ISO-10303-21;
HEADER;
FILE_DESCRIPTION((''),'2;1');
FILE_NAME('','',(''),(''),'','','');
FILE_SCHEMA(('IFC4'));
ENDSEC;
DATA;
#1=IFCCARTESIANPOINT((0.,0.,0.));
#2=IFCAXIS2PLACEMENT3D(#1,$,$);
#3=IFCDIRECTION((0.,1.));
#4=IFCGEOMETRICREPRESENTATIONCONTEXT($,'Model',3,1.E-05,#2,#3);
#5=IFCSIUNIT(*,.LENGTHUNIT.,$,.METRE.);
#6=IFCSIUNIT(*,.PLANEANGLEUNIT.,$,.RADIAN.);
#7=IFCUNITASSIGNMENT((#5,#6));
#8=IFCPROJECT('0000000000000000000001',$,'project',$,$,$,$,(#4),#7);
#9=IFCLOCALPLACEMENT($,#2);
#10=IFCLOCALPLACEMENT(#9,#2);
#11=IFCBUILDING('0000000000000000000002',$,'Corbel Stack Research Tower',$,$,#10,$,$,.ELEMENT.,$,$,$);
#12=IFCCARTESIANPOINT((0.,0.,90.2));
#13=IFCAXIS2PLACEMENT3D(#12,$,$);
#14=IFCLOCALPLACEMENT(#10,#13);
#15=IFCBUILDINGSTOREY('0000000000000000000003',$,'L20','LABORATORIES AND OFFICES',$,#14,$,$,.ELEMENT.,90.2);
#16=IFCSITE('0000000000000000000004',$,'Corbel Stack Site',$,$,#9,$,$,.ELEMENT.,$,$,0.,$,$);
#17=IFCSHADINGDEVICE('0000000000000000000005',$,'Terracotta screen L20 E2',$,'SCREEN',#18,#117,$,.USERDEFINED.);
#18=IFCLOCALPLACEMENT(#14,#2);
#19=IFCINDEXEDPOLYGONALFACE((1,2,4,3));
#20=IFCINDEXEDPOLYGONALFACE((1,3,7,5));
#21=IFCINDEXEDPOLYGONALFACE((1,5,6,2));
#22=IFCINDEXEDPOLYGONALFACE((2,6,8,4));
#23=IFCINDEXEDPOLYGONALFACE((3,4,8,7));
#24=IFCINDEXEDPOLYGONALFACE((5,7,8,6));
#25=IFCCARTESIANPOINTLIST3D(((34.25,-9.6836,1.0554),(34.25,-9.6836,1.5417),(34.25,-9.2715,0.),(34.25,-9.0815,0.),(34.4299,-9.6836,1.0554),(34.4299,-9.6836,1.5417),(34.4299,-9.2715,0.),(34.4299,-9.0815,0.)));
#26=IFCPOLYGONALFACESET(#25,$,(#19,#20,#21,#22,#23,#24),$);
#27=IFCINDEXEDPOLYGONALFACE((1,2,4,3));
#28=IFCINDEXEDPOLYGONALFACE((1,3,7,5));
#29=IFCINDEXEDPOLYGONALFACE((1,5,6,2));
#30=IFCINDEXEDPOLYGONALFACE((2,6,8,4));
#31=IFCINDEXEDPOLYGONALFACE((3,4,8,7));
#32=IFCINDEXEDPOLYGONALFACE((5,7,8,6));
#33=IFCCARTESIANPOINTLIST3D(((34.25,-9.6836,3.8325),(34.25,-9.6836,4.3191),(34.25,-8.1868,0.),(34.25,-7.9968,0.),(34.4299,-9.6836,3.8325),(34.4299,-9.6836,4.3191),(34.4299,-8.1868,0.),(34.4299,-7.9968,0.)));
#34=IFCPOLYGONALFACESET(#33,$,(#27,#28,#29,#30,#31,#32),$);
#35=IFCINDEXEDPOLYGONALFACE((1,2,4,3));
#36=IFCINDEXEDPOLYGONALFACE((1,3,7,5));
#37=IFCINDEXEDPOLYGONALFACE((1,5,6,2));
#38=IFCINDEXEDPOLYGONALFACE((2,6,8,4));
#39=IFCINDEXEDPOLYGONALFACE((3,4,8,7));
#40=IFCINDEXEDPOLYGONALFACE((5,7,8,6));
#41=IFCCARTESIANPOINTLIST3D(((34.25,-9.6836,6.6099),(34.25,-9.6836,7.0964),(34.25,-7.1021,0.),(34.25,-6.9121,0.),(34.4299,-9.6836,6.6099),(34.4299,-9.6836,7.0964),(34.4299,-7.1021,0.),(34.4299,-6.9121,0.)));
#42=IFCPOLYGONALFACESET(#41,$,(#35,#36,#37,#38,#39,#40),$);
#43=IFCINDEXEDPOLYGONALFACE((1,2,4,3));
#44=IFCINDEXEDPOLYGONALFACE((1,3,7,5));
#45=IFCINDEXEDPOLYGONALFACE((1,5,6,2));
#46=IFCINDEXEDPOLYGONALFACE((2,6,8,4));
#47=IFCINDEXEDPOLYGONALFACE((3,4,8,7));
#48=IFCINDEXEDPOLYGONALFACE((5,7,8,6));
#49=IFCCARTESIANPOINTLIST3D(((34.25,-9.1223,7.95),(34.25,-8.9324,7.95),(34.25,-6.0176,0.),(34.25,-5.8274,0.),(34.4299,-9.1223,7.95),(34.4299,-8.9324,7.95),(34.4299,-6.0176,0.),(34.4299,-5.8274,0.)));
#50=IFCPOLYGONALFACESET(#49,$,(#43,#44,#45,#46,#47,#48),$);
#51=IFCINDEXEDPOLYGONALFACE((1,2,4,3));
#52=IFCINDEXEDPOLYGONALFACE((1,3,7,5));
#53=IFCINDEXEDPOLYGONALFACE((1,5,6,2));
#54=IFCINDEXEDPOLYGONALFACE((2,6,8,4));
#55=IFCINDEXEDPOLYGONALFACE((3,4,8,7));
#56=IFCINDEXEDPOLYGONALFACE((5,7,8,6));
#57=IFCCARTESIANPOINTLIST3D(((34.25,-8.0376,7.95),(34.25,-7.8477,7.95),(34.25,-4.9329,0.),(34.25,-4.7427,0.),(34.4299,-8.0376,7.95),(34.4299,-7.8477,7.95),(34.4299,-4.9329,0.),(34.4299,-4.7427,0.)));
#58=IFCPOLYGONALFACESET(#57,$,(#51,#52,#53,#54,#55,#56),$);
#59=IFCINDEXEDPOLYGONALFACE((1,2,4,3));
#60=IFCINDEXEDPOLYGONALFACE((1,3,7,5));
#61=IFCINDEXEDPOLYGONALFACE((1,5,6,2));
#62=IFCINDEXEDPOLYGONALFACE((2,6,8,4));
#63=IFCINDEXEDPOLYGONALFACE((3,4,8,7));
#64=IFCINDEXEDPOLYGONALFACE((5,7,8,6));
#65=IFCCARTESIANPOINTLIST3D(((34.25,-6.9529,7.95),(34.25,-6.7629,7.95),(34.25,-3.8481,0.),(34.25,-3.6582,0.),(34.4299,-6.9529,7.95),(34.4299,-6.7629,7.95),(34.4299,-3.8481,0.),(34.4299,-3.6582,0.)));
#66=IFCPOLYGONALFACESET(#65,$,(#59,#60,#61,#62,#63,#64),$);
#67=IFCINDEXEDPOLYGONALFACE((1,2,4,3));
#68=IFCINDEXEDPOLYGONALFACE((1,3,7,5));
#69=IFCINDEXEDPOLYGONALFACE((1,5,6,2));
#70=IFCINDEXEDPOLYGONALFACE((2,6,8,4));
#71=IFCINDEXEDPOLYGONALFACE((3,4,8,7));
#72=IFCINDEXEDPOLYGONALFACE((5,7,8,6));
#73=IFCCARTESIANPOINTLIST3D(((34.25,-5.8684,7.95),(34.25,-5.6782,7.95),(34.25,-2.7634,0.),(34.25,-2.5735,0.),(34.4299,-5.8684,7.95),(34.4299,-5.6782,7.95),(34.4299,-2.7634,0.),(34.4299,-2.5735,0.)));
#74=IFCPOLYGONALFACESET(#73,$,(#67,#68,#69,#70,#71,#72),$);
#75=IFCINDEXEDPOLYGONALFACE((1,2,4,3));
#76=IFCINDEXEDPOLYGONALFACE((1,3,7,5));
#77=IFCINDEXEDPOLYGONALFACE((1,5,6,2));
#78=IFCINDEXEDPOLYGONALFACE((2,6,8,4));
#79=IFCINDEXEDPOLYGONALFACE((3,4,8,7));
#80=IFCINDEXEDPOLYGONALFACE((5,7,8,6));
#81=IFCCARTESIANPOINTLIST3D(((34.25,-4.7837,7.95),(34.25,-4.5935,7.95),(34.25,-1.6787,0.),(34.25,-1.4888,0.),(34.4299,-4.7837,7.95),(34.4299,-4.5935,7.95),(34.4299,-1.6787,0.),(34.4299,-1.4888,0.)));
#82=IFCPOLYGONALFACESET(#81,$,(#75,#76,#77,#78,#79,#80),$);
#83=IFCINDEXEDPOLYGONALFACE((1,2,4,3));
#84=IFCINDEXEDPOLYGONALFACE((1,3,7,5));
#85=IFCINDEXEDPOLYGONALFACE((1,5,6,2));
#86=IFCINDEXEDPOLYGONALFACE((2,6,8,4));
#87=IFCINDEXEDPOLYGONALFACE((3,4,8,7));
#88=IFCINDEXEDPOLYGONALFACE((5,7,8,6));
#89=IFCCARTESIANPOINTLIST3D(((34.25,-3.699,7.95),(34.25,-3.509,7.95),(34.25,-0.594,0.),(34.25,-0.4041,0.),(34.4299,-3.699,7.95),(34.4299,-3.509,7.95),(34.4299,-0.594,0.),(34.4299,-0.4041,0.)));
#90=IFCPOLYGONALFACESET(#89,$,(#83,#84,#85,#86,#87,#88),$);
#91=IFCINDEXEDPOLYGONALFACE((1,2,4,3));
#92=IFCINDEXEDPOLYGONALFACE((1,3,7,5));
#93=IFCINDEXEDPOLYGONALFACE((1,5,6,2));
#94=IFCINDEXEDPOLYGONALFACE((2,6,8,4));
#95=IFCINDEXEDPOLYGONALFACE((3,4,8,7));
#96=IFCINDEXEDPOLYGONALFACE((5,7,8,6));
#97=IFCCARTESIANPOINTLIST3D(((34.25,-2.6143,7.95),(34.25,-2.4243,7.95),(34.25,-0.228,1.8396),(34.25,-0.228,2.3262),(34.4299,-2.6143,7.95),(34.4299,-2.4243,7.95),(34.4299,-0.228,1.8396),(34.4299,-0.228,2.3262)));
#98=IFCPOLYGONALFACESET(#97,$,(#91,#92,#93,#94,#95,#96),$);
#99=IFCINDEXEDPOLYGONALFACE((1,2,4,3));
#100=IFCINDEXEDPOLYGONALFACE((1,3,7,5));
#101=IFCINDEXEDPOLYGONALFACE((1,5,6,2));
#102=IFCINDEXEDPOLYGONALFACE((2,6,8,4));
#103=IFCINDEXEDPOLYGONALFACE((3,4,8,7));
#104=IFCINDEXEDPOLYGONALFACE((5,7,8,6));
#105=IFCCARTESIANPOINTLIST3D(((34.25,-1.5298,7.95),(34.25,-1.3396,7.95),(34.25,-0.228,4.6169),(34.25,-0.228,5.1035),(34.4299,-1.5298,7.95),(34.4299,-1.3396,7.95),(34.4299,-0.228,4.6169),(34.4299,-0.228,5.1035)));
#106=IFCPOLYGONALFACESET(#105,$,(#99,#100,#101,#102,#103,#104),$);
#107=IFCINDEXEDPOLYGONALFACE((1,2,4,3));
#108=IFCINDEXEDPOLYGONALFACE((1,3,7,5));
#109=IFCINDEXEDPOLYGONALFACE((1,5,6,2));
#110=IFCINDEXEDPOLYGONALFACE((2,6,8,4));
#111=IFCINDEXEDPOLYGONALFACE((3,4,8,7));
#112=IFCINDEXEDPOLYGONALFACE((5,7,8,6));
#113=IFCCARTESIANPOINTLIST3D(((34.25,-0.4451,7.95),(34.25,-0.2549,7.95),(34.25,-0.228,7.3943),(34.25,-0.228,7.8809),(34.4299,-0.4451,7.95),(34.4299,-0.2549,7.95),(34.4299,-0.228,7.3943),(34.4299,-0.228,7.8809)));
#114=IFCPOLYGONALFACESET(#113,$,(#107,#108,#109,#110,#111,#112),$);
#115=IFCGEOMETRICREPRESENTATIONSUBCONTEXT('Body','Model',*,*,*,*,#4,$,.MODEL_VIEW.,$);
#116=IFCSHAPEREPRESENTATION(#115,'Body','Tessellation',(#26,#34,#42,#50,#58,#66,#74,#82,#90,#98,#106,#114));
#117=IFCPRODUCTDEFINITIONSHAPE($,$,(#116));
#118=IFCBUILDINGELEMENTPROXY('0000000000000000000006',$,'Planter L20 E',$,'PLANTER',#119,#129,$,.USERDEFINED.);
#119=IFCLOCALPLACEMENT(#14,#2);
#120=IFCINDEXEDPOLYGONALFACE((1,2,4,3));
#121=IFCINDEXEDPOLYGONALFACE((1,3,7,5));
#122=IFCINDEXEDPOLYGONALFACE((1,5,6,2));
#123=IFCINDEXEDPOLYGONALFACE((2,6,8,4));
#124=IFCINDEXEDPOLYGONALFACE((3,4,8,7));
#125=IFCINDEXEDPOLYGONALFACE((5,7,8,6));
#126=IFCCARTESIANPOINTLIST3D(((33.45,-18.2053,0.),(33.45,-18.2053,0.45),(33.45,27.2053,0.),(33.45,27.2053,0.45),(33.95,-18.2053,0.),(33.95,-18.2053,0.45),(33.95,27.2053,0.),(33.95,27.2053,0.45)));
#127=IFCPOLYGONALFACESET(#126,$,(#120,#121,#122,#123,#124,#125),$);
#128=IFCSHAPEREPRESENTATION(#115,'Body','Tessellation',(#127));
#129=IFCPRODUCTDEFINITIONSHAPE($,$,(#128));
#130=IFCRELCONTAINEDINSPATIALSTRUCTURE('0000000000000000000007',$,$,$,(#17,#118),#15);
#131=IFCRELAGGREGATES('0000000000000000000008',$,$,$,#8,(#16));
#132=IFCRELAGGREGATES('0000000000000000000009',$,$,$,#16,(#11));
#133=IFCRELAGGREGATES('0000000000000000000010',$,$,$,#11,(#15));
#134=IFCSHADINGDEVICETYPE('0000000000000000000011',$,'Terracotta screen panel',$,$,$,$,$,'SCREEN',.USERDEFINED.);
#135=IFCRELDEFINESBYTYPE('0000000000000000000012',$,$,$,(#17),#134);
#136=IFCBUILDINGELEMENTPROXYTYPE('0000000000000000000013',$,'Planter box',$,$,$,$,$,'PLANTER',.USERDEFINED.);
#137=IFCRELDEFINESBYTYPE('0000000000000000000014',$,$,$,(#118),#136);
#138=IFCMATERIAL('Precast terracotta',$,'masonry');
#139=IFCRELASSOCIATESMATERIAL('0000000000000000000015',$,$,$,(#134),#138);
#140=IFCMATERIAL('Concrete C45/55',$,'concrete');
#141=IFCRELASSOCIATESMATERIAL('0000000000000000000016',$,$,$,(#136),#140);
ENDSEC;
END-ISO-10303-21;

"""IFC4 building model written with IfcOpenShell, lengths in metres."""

from ifc_helpers import new_model, si_unit, direction, frame, origin, origin_2d, place, context, subcontext, project, spatial, polyline, rectangle, outline, extrude, source, transform, mapped, material, type_object, element, save


model = new_model("IFC4")

# Units and contexts
model_context = context("Model", 3, precision=1e-05, world=origin(), true_north=direction((0.0, 1.0)))
body_context = subcontext(model_context, "Body", "Model", "MODEL_VIEW")
ifc_project = project(units=[si_unit("LENGTHUNIT", "METRE"), si_unit("PLANEANGLEUNIT", "RADIAN")], contexts=[model_context])

# Site, building, storey
site_placement = place(None, origin())
site = spatial("IfcSite", under=ifc_project, at=site_placement, Name="Corbel Stack Site", CompositionType="ELEMENT", RefElevation=0.0)
building_placement = place(site_placement, origin())
building = spatial("IfcBuilding", under=site, at=building_placement, Name="Corbel Stack Research Tower", CompositionType="ELEMENT")
storey_placement = place(building_placement, frame((0.0, 0.0, 90.2)))
storey = spatial("IfcBuildingStorey", under=building, at=storey_placement, Name="L20", Description="LABORATORIES AND OFFICES", CompositionType="ELEMENT", Elevation=90.2)

# Shading device
ifc_material_1 = material(Name="Precast terracotta", Category="masonry")
shading_device_type = type_object("IfcShadingDeviceType", Name="Terracotta screen panel", ElementType="SCREEN", PredefinedType="USERDEFINED", material=ifc_material_1)
shared_shape_1 = source(origin(), body_context, "Body", "SweptSolid", [
    extrude(outline(polyline([(0.6021, 0.0), (0.0, 1.5417), (0.0, 1.0554), (0.4121, 0.0), (0.6021, 0.0)])), frame((0.0, 0.0, 0.0), z_axis=(0.0, -1.0, 0.0), x_axis=(1.0, 0.0, 0.0)), (0.0, 0.0, 1.0), 0.1799),
    extrude(outline(polyline([(1.6868, 0.0), (0.0, 4.3191), (0.0, 3.8325), (1.4968, 0.0), (1.6868, 0.0)])), frame((0.0, 0.0, 0.0), z_axis=(0.0, -1.0, 0.0), x_axis=(1.0, 0.0, 0.0)), (0.0, 0.0, 1.0), 0.1799),
    extrude(outline(polyline([(2.7715, 0.0), (0.0, 7.0964), (0.0, 6.6099), (2.5815, 0.0), (2.7715, 0.0)])), frame((0.0, 0.0, 0.0), z_axis=(0.0, -1.0, 0.0), x_axis=(1.0, 0.0, 0.0)), (0.0, 0.0, 1.0), 0.1799),
    extrude(outline(polyline([(3.8562, 0.0), (0.7512, 7.95), (0.5613, 7.95), (3.666, 0.0), (3.8562, 0.0)])), frame((0.0, 0.0, 0.0), z_axis=(0.0, -1.0, 0.0), x_axis=(1.0, 0.0, 0.0)), (0.0, 0.0, 1.0), 0.1799),
    extrude(outline(polyline([(4.9409, 0.0), (1.8359, 7.95), (1.646, 7.95), (4.7507, 0.0), (4.9409, 0.0)])), frame((0.0, 0.0, 0.0), z_axis=(0.0, -1.0, 0.0), x_axis=(1.0, 0.0, 0.0)), (0.0, 0.0, 1.0), 0.1799),
    extrude(outline(polyline([(6.0254, 0.0), (2.9207, 7.95), (2.7307, 7.95), (5.8354, 0.0), (6.0254, 0.0)])), frame((0.0, 0.0, 0.0), z_axis=(0.0, -1.0, 0.0), x_axis=(1.0, 0.0, 0.0)), (0.0, 0.0, 1.0), 0.1799),
    extrude(outline(polyline([(7.1101, 0.0), (4.0054, 7.95), (3.8152, 7.95), (6.9202, 0.0), (7.1101, 0.0)])), frame((0.0, 0.0, 0.0), z_axis=(0.0, -1.0, 0.0), x_axis=(1.0, 0.0, 0.0)), (0.0, 0.0, 1.0), 0.1799),
    extrude(outline(polyline([(8.1948, 0.0), (5.0901, 7.95), (4.8999, 7.95), (8.0049, 0.0), (8.1948, 0.0)])), frame((0.0, 0.0, 0.0), z_axis=(0.0, -1.0, 0.0), x_axis=(1.0, 0.0, 0.0)), (0.0, 0.0, 1.0), 0.1799),
    extrude(outline(polyline([(9.2795, 0.0), (6.1746, 7.95), (5.9846, 7.95), (9.0896, 0.0), (9.2795, 0.0)])), frame((0.0, 0.0, 0.0), z_axis=(0.0, -1.0, 0.0), x_axis=(1.0, 0.0, 0.0)), (0.0, 0.0, 1.0), 0.1799),
    extrude(outline(polyline([(7.2593, 7.95), (7.0693, 7.95), (9.4556, 1.8396), (9.4556, 2.3262), (7.2593, 7.95)])), frame((0.0, 0.0, 0.0), z_axis=(0.0, -1.0, 0.0), x_axis=(1.0, 0.0, 0.0)), (0.0, 0.0, 1.0), 0.1799),
    extrude(outline(polyline([(8.344, 7.95), (8.1538, 7.95), (9.4556, 4.6169), (9.4556, 5.1035), (8.344, 7.95)])), frame((0.0, 0.0, 0.0), z_axis=(0.0, -1.0, 0.0), x_axis=(1.0, 0.0, 0.0)), (0.0, 0.0, 1.0), 0.1799),
    extrude(outline(polyline([(9.4287, 7.95), (9.2385, 7.95), (9.4556, 7.3943), (9.4556, 7.8809), (9.4287, 7.95)])), frame((0.0, 0.0, 0.0), z_axis=(0.0, -1.0, 0.0), x_axis=(1.0, 0.0, 0.0)), (0.0, 0.0, 1.0), 0.1799),
])
shading_device_1_placement = place(storey_placement, frame((34.25, -9.6836, 0.0), z_axis=(0.0, 0.0, 1.0), x_axis=(0.0, 1.0, 0.0)))
element("IfcShadingDevice", 1, at=shading_device_1_placement, inside=storey, type_object=shading_device_type, Name="Terracotta screen L20 E2", ObjectType="SCREEN", PredefinedType="USERDEFINED", context=body_context, shape_type="MappedRepresentation", body=[
    mapped(shared_shape_1, transform((0.0, 0.0, 0.0))),
])

# Building element proxy
ifc_material_2 = material(Name="Concrete C45/55", Category="concrete")
building_element_proxy_type = type_object("IfcBuildingElementProxyType", Name="Planter box", ElementType="PLANTER", PredefinedType="USERDEFINED", material=ifc_material_2)
proxy_placement = place(storey_placement, frame((33.7, 4.5, 0.0), z_axis=(0.0, 0.0, 1.0), x_axis=(0.0, 1.0, 0.0)))
element("IfcBuildingElementProxy", 2, at=proxy_placement, inside=storey, type_object=building_element_proxy_type, Name="Planter L20 E", ObjectType="PLANTER", PredefinedType="USERDEFINED", context=body_context, shape_type="SweptSolid", body=[
    extrude(rectangle(XDim=45.4106, YDim=0.5, at=origin_2d()), origin(), (0.0, 0.0, 1.0), 0.45),
])

save(model, "model.ifc")
